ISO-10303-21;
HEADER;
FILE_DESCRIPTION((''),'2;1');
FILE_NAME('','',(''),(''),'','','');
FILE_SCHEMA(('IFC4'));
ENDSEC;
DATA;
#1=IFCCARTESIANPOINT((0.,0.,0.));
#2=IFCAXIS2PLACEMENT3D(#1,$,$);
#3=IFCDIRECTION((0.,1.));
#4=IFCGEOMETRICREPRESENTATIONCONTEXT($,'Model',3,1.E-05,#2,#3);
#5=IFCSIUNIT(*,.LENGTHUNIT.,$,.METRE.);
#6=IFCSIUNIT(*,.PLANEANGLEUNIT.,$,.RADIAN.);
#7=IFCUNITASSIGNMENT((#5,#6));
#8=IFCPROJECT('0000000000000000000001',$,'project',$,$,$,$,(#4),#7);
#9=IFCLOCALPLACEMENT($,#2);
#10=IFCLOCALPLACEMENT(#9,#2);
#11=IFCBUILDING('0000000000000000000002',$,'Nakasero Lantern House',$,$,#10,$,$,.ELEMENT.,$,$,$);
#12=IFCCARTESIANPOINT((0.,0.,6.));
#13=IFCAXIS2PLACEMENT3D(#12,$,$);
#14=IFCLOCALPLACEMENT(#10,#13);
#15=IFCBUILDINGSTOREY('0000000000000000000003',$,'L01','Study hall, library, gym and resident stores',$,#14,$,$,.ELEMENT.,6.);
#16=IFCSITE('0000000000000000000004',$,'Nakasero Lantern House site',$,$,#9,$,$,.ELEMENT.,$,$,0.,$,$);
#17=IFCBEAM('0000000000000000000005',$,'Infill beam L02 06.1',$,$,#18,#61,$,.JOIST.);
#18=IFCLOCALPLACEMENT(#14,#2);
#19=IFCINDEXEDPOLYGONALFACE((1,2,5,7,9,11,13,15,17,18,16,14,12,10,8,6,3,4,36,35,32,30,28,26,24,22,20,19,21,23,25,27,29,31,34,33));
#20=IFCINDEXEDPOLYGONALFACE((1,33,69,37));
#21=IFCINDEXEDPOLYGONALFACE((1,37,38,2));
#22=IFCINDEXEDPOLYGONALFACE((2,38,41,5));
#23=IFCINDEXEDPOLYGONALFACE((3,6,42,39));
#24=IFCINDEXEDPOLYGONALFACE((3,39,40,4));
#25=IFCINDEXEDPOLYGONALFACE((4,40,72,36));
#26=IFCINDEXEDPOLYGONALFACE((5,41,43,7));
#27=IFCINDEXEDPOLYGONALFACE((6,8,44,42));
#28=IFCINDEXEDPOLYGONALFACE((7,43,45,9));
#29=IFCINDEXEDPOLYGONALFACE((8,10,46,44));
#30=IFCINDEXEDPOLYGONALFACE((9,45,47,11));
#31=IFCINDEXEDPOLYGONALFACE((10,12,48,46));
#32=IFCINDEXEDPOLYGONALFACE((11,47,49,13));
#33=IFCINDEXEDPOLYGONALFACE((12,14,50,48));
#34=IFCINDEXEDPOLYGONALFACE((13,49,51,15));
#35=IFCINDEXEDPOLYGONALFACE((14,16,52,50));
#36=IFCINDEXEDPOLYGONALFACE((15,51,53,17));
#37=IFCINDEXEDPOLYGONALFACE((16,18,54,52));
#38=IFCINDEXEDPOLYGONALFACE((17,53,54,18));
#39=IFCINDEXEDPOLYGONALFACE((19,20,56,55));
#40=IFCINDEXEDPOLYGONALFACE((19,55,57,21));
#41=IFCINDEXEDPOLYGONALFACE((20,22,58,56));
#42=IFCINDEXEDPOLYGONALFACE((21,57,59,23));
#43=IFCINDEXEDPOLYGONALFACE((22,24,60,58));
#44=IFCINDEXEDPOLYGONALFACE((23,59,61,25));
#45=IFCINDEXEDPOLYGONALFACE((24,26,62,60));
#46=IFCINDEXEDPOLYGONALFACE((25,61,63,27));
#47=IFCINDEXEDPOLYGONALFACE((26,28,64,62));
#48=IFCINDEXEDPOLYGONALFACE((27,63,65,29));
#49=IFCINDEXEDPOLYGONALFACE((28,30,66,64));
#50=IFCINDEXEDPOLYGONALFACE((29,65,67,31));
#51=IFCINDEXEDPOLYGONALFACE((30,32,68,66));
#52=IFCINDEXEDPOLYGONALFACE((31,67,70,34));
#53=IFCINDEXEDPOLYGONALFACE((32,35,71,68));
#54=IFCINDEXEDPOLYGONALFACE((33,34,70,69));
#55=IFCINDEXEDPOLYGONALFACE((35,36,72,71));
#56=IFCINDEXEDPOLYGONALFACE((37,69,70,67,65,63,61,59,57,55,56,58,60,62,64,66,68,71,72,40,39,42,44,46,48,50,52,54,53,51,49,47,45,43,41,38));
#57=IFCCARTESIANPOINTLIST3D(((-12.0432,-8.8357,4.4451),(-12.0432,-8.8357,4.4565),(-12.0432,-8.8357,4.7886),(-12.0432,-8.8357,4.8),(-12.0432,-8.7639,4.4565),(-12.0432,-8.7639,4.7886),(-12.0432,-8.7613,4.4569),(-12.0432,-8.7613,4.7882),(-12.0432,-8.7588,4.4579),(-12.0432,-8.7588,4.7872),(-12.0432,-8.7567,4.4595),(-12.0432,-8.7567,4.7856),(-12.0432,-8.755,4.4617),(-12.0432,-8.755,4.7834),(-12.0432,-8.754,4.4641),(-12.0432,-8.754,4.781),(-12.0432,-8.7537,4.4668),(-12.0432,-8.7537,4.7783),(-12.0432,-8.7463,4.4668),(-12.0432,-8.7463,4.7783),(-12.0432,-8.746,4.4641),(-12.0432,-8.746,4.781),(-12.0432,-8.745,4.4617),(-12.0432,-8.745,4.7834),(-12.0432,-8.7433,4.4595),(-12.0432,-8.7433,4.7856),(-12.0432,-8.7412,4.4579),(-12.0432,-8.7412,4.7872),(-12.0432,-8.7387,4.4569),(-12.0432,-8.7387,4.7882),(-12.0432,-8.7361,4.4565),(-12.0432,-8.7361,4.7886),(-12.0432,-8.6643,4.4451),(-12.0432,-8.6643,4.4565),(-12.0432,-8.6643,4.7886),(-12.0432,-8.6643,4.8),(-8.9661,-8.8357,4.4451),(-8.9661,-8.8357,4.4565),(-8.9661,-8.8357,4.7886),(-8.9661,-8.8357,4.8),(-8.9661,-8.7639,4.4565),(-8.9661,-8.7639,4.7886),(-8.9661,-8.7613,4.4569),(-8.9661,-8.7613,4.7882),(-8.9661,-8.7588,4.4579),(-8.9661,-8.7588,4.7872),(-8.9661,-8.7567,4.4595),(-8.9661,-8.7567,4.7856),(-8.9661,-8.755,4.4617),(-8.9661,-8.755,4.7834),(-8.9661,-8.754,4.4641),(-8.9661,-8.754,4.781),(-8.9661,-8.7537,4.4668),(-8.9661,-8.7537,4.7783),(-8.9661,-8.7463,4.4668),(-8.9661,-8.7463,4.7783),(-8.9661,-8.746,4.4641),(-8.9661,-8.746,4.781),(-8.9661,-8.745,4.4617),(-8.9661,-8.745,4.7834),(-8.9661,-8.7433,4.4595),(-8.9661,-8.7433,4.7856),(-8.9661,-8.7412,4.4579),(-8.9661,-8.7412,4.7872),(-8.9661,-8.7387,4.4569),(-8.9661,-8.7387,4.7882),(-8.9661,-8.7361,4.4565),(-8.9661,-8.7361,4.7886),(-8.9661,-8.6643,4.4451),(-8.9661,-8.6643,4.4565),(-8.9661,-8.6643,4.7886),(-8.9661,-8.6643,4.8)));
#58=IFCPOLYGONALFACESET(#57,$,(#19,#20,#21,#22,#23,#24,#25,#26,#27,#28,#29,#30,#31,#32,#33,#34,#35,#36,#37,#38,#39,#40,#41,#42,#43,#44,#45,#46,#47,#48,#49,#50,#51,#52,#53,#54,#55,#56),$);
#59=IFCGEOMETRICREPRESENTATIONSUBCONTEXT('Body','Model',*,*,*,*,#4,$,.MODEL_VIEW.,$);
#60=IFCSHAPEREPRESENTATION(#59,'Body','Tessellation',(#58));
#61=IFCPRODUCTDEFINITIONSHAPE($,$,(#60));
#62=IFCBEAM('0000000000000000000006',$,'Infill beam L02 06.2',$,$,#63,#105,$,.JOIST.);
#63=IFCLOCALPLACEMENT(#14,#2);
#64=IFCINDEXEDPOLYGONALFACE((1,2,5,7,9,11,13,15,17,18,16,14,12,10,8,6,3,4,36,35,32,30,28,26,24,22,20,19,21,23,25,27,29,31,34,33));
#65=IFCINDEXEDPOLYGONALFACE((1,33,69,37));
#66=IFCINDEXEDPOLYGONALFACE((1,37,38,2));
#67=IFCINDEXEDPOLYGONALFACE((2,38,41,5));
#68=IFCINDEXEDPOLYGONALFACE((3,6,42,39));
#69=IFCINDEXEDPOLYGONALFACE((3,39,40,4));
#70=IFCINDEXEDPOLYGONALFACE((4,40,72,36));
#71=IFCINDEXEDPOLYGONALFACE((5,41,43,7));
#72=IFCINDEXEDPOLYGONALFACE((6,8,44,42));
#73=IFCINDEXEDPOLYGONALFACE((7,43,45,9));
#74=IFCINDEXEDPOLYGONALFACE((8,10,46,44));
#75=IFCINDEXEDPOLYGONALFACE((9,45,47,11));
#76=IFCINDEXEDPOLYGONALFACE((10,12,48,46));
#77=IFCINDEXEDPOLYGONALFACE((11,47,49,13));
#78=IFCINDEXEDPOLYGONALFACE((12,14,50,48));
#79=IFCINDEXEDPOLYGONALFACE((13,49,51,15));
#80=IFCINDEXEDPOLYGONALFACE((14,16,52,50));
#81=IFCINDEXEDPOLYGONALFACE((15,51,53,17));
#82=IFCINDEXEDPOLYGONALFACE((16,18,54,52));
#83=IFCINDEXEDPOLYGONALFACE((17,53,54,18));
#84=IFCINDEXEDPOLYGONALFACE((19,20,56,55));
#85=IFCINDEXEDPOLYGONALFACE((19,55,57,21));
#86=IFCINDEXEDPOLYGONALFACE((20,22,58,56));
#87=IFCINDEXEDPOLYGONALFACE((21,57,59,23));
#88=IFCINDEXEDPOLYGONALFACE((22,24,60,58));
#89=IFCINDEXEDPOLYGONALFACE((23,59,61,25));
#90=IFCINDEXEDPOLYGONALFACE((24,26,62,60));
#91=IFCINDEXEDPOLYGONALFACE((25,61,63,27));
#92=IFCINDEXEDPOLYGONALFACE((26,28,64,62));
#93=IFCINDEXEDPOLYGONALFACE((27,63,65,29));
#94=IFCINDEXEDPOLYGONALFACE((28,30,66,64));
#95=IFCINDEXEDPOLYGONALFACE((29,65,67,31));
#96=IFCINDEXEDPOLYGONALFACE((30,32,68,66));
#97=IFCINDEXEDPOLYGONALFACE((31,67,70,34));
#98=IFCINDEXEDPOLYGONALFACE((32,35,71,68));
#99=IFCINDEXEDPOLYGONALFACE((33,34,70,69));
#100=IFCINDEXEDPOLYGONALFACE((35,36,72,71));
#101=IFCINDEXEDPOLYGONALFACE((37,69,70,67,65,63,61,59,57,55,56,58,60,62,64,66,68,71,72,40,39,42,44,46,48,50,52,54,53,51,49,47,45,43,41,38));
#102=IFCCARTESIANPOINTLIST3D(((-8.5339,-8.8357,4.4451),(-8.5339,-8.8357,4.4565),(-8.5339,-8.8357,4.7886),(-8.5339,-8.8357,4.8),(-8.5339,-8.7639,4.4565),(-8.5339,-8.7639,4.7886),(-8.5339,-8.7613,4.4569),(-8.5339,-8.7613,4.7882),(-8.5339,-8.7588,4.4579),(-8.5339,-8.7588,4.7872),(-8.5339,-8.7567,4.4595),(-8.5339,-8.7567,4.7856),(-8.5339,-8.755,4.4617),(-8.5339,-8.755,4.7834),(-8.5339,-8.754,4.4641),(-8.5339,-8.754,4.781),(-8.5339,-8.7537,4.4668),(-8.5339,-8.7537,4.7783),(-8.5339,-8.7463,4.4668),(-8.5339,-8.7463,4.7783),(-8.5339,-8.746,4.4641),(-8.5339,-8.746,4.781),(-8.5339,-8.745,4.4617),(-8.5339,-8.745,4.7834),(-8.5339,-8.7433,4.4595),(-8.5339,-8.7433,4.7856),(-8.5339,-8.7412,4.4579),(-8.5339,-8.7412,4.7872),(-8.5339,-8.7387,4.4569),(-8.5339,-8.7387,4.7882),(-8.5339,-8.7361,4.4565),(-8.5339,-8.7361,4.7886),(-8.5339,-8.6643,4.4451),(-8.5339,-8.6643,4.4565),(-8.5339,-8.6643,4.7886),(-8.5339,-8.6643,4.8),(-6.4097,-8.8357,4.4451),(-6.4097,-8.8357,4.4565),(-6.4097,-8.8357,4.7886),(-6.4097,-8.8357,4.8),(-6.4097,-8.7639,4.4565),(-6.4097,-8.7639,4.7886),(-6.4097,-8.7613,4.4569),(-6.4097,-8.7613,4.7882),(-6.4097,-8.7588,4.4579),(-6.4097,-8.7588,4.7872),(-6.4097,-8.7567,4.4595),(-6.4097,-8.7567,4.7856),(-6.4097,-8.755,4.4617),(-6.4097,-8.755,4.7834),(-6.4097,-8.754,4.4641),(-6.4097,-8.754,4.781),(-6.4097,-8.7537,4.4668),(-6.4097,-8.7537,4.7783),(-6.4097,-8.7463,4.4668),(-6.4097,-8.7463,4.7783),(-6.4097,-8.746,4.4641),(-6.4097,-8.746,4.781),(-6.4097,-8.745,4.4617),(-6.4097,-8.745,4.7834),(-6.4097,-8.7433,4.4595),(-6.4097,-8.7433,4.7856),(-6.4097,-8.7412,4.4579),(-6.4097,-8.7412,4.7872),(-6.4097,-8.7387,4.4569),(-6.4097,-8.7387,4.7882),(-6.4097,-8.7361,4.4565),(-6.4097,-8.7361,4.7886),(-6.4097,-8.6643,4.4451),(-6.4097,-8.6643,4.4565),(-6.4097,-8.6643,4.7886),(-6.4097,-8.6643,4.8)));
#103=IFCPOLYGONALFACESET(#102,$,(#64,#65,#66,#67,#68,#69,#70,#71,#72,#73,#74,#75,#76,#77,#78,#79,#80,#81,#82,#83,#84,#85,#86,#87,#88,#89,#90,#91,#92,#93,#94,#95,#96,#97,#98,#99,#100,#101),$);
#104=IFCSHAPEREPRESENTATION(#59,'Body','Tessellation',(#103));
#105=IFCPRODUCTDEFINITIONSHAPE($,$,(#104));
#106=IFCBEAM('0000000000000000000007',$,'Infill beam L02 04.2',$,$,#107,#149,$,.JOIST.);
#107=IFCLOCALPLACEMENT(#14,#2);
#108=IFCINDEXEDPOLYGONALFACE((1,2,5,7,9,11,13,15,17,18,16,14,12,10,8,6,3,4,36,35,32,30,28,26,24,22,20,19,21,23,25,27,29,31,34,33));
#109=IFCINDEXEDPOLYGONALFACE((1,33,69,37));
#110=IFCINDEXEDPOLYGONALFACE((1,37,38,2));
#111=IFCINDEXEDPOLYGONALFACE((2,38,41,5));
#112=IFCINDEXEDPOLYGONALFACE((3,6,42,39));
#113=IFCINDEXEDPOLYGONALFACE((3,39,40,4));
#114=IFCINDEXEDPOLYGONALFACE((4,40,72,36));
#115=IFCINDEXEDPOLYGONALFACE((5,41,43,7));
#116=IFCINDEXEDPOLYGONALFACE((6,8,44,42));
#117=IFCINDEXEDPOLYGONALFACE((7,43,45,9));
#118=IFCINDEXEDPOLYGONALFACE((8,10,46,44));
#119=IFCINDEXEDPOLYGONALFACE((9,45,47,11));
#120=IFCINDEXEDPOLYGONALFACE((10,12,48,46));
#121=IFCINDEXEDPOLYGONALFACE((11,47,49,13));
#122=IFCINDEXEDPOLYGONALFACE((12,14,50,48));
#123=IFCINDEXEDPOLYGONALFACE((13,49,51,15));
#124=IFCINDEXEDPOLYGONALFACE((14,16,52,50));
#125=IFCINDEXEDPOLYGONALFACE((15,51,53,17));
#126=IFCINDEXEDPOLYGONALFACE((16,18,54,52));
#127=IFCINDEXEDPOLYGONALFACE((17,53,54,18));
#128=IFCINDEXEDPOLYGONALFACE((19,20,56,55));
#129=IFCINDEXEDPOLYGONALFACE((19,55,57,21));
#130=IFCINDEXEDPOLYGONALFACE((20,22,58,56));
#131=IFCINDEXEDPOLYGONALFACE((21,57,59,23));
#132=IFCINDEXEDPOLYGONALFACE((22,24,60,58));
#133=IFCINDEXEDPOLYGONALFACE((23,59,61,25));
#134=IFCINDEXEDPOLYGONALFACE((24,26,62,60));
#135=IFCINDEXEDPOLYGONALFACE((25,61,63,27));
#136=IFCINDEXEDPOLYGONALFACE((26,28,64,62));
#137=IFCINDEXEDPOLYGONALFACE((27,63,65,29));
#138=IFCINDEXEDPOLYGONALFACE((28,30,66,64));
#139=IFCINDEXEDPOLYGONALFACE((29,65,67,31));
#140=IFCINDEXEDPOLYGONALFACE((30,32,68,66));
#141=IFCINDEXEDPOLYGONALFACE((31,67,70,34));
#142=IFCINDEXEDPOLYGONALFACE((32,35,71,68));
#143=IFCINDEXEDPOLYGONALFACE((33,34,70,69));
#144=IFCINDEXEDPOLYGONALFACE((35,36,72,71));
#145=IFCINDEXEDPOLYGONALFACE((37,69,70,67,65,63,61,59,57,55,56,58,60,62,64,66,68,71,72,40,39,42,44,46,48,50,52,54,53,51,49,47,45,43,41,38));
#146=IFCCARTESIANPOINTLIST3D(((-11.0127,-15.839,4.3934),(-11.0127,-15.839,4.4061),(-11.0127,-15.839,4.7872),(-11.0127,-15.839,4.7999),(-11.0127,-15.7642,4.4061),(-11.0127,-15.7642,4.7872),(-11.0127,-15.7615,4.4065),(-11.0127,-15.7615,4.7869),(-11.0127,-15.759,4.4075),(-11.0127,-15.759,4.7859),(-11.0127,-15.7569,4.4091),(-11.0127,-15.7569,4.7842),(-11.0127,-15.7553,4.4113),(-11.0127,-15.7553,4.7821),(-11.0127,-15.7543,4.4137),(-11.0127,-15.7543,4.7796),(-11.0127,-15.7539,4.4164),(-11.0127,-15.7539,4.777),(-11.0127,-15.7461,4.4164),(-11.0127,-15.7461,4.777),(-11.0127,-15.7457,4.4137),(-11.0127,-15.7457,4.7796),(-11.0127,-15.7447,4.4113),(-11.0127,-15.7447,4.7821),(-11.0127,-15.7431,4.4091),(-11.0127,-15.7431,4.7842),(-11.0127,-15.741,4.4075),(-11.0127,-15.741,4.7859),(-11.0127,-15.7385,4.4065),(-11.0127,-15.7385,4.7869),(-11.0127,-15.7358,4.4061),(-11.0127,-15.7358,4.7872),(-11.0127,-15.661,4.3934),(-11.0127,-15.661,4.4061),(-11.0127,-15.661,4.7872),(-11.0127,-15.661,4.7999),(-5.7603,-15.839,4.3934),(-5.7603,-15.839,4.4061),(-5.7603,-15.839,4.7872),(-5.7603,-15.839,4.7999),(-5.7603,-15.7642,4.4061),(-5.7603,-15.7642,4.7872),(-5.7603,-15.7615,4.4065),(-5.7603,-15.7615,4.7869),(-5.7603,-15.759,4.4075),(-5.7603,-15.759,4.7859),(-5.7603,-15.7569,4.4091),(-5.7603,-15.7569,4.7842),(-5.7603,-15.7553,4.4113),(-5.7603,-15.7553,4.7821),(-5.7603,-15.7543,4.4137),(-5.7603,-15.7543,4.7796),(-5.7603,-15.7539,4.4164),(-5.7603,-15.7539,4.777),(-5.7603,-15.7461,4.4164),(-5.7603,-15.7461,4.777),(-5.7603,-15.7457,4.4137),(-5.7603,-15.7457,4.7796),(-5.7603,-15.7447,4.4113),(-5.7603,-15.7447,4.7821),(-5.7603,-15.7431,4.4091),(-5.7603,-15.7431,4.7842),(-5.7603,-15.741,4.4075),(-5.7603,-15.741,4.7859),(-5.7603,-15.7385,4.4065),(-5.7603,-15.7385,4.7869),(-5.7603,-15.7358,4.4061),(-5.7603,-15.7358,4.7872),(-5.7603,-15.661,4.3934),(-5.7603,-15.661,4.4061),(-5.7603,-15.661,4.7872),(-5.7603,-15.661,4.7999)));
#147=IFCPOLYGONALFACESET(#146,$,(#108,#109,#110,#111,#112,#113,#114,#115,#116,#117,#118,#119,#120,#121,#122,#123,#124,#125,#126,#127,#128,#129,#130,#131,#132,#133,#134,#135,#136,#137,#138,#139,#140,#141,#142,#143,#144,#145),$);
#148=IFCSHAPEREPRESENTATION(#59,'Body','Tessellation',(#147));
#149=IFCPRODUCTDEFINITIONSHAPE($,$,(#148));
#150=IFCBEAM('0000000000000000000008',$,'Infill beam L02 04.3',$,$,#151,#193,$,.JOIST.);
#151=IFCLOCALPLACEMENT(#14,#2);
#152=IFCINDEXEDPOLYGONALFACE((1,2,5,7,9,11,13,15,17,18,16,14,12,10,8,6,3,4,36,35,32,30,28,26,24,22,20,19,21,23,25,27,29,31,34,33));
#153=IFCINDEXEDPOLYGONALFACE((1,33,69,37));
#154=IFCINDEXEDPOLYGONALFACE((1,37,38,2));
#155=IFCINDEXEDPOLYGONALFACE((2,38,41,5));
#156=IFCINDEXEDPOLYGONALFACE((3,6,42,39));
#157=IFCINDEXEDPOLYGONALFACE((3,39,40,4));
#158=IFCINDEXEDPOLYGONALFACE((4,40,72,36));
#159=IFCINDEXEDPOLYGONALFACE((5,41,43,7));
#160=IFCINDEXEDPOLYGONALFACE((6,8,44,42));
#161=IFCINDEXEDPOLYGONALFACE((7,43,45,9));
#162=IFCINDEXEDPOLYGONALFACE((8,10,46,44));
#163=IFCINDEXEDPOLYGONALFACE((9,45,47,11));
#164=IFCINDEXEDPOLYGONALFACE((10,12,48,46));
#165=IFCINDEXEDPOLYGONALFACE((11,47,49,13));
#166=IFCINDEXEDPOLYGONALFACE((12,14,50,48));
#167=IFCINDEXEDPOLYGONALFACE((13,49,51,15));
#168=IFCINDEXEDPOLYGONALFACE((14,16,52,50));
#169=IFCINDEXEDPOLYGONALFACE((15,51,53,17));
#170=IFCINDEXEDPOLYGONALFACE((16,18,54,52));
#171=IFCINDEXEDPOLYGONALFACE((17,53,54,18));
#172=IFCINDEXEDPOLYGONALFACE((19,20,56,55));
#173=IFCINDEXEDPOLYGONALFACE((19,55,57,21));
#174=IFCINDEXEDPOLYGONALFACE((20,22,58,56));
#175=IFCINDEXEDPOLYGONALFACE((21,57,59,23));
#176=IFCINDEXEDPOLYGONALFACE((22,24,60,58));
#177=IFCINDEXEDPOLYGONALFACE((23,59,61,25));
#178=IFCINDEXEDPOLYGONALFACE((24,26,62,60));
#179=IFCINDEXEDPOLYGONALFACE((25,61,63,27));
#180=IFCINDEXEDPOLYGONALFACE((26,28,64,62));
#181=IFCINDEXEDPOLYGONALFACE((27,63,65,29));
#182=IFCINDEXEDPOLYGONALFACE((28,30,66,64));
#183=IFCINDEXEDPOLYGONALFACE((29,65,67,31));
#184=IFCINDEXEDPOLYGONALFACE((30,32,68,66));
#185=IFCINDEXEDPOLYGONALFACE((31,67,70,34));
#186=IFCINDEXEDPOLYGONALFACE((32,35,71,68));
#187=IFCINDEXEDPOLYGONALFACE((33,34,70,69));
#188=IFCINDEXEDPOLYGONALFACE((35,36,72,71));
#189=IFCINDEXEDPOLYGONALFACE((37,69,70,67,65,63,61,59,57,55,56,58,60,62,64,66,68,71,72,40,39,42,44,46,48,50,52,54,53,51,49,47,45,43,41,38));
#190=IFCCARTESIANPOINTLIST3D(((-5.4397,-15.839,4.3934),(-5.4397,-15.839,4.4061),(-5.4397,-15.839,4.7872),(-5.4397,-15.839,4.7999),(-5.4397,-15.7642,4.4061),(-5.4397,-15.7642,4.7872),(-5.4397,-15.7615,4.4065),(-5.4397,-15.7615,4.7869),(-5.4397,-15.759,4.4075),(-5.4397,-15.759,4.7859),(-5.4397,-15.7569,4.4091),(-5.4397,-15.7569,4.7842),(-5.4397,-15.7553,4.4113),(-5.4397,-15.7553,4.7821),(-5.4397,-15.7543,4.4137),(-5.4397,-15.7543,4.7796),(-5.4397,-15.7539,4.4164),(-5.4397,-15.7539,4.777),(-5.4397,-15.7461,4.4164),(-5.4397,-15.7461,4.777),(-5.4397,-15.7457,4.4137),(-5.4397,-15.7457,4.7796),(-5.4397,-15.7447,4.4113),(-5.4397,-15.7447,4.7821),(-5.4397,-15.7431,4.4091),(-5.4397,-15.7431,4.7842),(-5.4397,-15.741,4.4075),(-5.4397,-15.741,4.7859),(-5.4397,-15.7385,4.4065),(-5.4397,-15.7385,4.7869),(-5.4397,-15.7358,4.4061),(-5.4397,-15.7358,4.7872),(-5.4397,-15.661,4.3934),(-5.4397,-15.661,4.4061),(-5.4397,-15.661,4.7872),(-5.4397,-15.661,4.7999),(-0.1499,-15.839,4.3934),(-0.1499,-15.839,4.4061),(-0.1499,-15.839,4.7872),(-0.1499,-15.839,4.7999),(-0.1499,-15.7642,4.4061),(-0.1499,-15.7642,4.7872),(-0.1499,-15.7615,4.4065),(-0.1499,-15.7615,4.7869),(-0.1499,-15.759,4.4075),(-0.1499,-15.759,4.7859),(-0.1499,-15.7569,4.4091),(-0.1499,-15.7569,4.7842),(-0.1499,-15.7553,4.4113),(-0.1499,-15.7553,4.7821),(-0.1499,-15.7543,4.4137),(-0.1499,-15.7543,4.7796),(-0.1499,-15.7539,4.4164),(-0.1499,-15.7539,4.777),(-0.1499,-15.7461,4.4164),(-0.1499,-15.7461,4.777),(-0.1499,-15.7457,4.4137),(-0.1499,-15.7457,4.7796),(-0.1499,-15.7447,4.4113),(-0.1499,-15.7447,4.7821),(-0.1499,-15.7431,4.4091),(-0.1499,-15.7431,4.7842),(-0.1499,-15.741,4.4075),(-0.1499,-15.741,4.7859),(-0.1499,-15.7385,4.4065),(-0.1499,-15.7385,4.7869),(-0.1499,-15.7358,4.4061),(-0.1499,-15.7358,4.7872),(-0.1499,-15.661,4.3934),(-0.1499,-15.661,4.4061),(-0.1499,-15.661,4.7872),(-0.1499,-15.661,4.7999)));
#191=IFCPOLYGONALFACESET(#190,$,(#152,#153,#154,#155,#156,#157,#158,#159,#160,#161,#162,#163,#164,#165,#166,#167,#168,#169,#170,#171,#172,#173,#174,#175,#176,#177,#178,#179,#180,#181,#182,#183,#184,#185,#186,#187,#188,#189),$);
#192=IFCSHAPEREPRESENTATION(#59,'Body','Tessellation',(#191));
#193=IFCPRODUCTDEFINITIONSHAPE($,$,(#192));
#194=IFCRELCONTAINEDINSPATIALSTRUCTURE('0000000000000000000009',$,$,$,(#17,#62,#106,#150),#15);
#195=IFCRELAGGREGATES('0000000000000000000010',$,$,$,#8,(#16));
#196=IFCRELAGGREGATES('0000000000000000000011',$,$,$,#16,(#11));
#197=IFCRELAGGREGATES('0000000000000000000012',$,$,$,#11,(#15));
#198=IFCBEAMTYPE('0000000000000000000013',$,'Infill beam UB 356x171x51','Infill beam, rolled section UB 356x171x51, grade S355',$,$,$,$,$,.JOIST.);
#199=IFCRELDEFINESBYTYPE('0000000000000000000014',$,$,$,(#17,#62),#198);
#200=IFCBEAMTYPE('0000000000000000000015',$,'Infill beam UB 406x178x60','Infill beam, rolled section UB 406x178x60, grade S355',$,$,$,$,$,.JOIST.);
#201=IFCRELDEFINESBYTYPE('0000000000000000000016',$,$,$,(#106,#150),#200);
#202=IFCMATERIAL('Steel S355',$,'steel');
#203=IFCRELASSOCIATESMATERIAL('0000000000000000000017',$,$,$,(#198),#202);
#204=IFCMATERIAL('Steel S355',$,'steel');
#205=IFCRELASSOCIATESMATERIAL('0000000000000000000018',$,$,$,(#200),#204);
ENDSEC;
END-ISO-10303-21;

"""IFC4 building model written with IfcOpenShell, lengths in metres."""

from ifc_helpers import new_model, si_unit, direction, frame, origin, origin_2d, place, context, subcontext, project, spatial, i_section, extrude, material, material_profile, profile_set, type_object, element, save


model = new_model("IFC4")

# Units and contexts
model_context = context("Model", 3, precision=1e-05, world=origin(), true_north=direction((0.0, 1.0)))
body_context = subcontext(model_context, "Body", "Model", "MODEL_VIEW")
ifc_project = project(units=[si_unit("LENGTHUNIT", "METRE"), si_unit("PLANEANGLEUNIT", "RADIAN")], contexts=[model_context])

# Site, building, storey
site_placement = place(None, origin())
site = spatial("IfcSite", under=ifc_project, at=site_placement, Name="Nakasero Lantern House site", CompositionType="ELEMENT", RefElevation=0.0)
building_placement = place(site_placement, origin())
building = spatial("IfcBuilding", under=site, at=building_placement, Name="Nakasero Lantern House", CompositionType="ELEMENT")
storey_placement = place(building_placement, frame((0.0, 0.0, 6.0)))
storey = spatial("IfcBuildingStorey", under=building, at=storey_placement, Name="L01", Description="Study hall, library, gym and resident stores", CompositionType="ELEMENT", Elevation=6.0)

# Beams
ifc_material_1 = material(Name="Steel S355", Category="steel")
ifc_material_profile_1 = material_profile(ifc_material_1, i_section(OverallWidth=0.1714, OverallDepth=0.355, WebThickness=0.0073, FlangeThickness=0.0115, FilletRadius=0.0103, at=origin_2d()), Name="UB 356x171x51")
ifc_profile_set_1 = profile_set([ifc_material_profile_1], Name="Steel S355")
beam_type_1 = type_object("IfcBeamType", Name="Infill beam UB 356x171x51", Description="Infill beam, rolled section UB 356x171x51, grade S355", PredefinedType="JOIST", material=ifc_profile_set_1)
beam_1_placement = place(storey_placement, frame((-12.0432, -8.75, 4.6226), z_axis=(1.0, 0.0, 0.0), x_axis=(0.0, 1.0, 0.0)))
element("IfcBeam", 1, at=beam_1_placement, inside=storey, type_object=beam_type_1, Name="Infill beam L02 06.1", PredefinedType="JOIST", context=body_context, shape_type="SweptSolid", body=[
    extrude(i_section(OverallWidth=0.1714, OverallDepth=0.355, WebThickness=0.0073, FlangeThickness=0.0115, FilletRadius=0.0103, at=origin_2d()), origin(), (0.0, 0.0, 1.0), 3.0771),
])
beam_2_placement = place(storey_placement, frame((-8.5339, -8.75, 4.6226), z_axis=(1.0, 0.0, 0.0), x_axis=(0.0, 1.0, 0.0)))
element("IfcBeam", 2, at=beam_2_placement, inside=storey, type_object=beam_type_1, Name="Infill beam L02 06.2", PredefinedType="JOIST", context=body_context, shape_type="SweptSolid", body=[
    extrude(i_section(OverallWidth=0.1714, OverallDepth=0.355, WebThickness=0.0073, FlangeThickness=0.0115, FilletRadius=0.0103, at=origin_2d()), origin(), (0.0, 0.0, 1.0), 2.1243),
])
ifc_material_2 = material(Name="Steel S355", Category="steel")
ifc_material_profile_2 = material_profile(ifc_material_2, i_section(OverallWidth=0.178, OverallDepth=0.4065, WebThickness=0.0078, FlangeThickness=0.0127, FilletRadius=0.0103, at=origin_2d()), Name="UB 406x178x60")
ifc_profile_set_2 = profile_set([ifc_material_profile_2], Name="Steel S355")
beam_type_2 = type_object("IfcBeamType", Name="Infill beam UB 406x178x60", Description="Infill beam, rolled section UB 406x178x60, grade S355", PredefinedType="JOIST", material=ifc_profile_set_2)
beam_3_placement = place(storey_placement, frame((-11.0127, -15.75, 4.5967), z_axis=(1.0, 0.0, 0.0), x_axis=(0.0, 1.0, 0.0)))
element("IfcBeam", 3, at=beam_3_placement, inside=storey, type_object=beam_type_2, Name="Infill beam L02 04.2", PredefinedType="JOIST", context=body_context, shape_type="SweptSolid", body=[
    extrude(i_section(OverallWidth=0.178, OverallDepth=0.4065, WebThickness=0.0078, FlangeThickness=0.0127, FilletRadius=0.0103, at=origin_2d()), origin(), (0.0, 0.0, 1.0), 5.2524),
])
beam_4_placement = place(storey_placement, frame((-5.4397, -15.75, 4.5967), z_axis=(1.0, 0.0, 0.0), x_axis=(0.0, 1.0, 0.0)))
element("IfcBeam", 4, at=beam_4_placement, inside=storey, type_object=beam_type_2, Name="Infill beam L02 04.3", PredefinedType="JOIST", context=body_context, shape_type="SweptSolid", body=[
    extrude(i_section(OverallWidth=0.178, OverallDepth=0.4065, WebThickness=0.0078, FlangeThickness=0.0127, FilletRadius=0.0103, at=origin_2d()), origin(), (0.0, 0.0, 1.0), 5.2898),
])

save(model, "model.ifc")
